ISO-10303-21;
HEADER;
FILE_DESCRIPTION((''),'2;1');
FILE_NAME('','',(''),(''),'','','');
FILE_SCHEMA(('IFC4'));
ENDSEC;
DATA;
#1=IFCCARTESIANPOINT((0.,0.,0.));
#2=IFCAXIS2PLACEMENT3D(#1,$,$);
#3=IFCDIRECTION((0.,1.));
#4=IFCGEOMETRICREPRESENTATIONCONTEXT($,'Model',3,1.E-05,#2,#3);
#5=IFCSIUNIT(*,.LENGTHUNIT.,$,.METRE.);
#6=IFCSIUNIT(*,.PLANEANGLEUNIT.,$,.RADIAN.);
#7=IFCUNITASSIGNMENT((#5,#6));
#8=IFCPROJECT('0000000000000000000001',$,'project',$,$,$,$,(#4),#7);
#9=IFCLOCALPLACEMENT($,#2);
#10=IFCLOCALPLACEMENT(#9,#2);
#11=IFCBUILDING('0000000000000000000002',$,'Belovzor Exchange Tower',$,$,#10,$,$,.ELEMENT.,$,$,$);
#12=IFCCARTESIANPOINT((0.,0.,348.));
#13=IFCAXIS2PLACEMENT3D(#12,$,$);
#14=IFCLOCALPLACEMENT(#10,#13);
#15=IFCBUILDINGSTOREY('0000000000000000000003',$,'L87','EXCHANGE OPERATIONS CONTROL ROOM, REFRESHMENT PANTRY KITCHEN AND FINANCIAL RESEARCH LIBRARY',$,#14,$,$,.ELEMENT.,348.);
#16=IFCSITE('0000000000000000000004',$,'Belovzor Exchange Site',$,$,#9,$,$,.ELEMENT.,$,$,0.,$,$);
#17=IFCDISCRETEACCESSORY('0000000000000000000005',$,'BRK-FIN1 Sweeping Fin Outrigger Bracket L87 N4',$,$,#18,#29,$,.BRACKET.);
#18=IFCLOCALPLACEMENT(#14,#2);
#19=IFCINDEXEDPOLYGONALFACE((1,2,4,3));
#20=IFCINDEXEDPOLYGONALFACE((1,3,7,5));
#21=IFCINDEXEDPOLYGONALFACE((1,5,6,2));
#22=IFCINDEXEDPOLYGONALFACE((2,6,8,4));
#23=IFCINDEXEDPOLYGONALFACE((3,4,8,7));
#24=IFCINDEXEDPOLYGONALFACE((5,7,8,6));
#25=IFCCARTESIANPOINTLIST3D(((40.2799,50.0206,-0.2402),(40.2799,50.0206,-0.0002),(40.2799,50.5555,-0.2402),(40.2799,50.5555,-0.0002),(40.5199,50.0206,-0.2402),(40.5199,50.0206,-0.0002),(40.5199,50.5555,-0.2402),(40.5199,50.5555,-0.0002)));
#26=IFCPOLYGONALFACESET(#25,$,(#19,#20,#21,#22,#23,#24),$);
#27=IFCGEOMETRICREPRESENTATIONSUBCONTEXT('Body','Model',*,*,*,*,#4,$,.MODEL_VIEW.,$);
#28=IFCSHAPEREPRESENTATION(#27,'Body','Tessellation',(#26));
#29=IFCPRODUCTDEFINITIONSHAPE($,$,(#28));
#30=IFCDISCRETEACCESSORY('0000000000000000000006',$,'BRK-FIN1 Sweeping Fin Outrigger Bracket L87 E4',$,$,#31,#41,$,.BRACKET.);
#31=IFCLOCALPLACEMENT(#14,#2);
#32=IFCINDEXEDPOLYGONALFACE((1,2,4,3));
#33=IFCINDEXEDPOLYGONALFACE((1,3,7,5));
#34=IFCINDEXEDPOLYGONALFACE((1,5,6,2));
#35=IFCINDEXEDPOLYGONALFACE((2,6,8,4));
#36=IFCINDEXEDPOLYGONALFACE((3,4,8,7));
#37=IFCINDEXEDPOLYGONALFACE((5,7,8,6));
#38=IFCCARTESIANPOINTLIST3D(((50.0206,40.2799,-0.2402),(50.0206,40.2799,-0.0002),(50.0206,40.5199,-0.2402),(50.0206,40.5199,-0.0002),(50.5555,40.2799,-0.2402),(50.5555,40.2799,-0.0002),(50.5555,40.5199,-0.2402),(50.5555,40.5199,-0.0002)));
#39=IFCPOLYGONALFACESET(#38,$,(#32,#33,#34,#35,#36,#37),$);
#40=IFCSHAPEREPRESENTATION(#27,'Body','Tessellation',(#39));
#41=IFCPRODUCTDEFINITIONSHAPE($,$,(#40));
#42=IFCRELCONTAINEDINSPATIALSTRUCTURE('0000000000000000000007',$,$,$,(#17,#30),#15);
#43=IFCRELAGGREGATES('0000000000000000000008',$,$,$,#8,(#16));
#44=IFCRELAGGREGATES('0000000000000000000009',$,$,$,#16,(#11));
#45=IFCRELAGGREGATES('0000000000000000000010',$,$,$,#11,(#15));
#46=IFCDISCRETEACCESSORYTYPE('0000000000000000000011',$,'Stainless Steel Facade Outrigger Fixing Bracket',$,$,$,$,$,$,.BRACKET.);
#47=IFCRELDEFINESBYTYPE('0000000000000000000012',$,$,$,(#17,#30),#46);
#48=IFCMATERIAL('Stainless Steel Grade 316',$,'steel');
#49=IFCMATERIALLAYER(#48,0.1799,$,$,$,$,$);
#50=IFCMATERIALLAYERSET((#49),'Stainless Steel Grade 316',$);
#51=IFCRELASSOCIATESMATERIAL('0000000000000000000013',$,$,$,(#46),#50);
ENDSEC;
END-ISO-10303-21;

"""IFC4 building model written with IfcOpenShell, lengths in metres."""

from ifc_helpers import new_model, si_unit, direction, frame, origin, origin_2d, place, context, subcontext, project, spatial, rectangle, extrude, material, layer, layer_set, type_object, element, save


model = new_model("IFC4")

# Units and contexts
model_context = context("Model", 3, precision=1e-05, world=origin(), true_north=direction((0.0, 1.0)))
body_context = subcontext(model_context, "Body", "Model", "MODEL_VIEW")
ifc_project = project(units=[si_unit("LENGTHUNIT", "METRE"), si_unit("PLANEANGLEUNIT", "RADIAN")], contexts=[model_context])

# Site, building, storey
site_placement = place(None, origin())
site = spatial("IfcSite", under=ifc_project, at=site_placement, Name="Belovzor Exchange Site", CompositionType="ELEMENT", RefElevation=0.0)
building_placement = place(site_placement, origin())
building = spatial("IfcBuilding", under=site, at=building_placement, Name="Belovzor Exchange Tower", CompositionType="ELEMENT")
storey_placement = place(building_placement, frame((0.0, 0.0, 348.0)))
storey = spatial("IfcBuildingStorey", under=building, at=storey_placement, Name="L87", Description="EXCHANGE OPERATIONS CONTROL ROOM, REFRESHMENT PANTRY KITCHEN AND FINANCIAL RESEARCH LIBRARY", CompositionType="ELEMENT", Elevation=348.0)

# Discrete accessories
ifc_material_1 = material(Name="Stainless Steel Grade 316", Category="steel")
ifc_layer_1 = layer(ifc_material_1, 0.1799)
ifc_layer_set_1 = layer_set([ifc_layer_1], Name="Stainless Steel Grade 316")
discrete_accessory_type = type_object("IfcDiscreteAccessoryType", Name="Stainless Steel Facade Outrigger Fixing Bracket", PredefinedType="BRACKET", material=ifc_layer_set_1)
for number, where, z_axis, x_axis, name in (
    (1, (40.3999, 50.2881, -0.2402), (0.0, 0.0, 1.0), (0.0, 1.0, 0.0), "BRK-FIN1 Sweeping Fin Outrigger Bracket L87 N4"),
    (2, (50.2881, 40.3999, -0.2402), (0.0, 0.0, 1.0), (1.0, 0.0, 0.0), "BRK-FIN1 Sweeping Fin Outrigger Bracket L87 E4"),
):
    element("IfcDiscreteAccessory", number, at=place(storey_placement, frame(where, z_axis=z_axis, x_axis=x_axis)), inside=storey, type_object=discrete_accessory_type, Name=name, PredefinedType="BRACKET", context=body_context, shape_type="SweptSolid", body=[
        extrude(rectangle(XDim=0.5349, YDim=0.24, at=origin_2d()), origin(), (0.0, 0.0, 1.0), 0.24),
    ])

save(model, "model.ifc")
